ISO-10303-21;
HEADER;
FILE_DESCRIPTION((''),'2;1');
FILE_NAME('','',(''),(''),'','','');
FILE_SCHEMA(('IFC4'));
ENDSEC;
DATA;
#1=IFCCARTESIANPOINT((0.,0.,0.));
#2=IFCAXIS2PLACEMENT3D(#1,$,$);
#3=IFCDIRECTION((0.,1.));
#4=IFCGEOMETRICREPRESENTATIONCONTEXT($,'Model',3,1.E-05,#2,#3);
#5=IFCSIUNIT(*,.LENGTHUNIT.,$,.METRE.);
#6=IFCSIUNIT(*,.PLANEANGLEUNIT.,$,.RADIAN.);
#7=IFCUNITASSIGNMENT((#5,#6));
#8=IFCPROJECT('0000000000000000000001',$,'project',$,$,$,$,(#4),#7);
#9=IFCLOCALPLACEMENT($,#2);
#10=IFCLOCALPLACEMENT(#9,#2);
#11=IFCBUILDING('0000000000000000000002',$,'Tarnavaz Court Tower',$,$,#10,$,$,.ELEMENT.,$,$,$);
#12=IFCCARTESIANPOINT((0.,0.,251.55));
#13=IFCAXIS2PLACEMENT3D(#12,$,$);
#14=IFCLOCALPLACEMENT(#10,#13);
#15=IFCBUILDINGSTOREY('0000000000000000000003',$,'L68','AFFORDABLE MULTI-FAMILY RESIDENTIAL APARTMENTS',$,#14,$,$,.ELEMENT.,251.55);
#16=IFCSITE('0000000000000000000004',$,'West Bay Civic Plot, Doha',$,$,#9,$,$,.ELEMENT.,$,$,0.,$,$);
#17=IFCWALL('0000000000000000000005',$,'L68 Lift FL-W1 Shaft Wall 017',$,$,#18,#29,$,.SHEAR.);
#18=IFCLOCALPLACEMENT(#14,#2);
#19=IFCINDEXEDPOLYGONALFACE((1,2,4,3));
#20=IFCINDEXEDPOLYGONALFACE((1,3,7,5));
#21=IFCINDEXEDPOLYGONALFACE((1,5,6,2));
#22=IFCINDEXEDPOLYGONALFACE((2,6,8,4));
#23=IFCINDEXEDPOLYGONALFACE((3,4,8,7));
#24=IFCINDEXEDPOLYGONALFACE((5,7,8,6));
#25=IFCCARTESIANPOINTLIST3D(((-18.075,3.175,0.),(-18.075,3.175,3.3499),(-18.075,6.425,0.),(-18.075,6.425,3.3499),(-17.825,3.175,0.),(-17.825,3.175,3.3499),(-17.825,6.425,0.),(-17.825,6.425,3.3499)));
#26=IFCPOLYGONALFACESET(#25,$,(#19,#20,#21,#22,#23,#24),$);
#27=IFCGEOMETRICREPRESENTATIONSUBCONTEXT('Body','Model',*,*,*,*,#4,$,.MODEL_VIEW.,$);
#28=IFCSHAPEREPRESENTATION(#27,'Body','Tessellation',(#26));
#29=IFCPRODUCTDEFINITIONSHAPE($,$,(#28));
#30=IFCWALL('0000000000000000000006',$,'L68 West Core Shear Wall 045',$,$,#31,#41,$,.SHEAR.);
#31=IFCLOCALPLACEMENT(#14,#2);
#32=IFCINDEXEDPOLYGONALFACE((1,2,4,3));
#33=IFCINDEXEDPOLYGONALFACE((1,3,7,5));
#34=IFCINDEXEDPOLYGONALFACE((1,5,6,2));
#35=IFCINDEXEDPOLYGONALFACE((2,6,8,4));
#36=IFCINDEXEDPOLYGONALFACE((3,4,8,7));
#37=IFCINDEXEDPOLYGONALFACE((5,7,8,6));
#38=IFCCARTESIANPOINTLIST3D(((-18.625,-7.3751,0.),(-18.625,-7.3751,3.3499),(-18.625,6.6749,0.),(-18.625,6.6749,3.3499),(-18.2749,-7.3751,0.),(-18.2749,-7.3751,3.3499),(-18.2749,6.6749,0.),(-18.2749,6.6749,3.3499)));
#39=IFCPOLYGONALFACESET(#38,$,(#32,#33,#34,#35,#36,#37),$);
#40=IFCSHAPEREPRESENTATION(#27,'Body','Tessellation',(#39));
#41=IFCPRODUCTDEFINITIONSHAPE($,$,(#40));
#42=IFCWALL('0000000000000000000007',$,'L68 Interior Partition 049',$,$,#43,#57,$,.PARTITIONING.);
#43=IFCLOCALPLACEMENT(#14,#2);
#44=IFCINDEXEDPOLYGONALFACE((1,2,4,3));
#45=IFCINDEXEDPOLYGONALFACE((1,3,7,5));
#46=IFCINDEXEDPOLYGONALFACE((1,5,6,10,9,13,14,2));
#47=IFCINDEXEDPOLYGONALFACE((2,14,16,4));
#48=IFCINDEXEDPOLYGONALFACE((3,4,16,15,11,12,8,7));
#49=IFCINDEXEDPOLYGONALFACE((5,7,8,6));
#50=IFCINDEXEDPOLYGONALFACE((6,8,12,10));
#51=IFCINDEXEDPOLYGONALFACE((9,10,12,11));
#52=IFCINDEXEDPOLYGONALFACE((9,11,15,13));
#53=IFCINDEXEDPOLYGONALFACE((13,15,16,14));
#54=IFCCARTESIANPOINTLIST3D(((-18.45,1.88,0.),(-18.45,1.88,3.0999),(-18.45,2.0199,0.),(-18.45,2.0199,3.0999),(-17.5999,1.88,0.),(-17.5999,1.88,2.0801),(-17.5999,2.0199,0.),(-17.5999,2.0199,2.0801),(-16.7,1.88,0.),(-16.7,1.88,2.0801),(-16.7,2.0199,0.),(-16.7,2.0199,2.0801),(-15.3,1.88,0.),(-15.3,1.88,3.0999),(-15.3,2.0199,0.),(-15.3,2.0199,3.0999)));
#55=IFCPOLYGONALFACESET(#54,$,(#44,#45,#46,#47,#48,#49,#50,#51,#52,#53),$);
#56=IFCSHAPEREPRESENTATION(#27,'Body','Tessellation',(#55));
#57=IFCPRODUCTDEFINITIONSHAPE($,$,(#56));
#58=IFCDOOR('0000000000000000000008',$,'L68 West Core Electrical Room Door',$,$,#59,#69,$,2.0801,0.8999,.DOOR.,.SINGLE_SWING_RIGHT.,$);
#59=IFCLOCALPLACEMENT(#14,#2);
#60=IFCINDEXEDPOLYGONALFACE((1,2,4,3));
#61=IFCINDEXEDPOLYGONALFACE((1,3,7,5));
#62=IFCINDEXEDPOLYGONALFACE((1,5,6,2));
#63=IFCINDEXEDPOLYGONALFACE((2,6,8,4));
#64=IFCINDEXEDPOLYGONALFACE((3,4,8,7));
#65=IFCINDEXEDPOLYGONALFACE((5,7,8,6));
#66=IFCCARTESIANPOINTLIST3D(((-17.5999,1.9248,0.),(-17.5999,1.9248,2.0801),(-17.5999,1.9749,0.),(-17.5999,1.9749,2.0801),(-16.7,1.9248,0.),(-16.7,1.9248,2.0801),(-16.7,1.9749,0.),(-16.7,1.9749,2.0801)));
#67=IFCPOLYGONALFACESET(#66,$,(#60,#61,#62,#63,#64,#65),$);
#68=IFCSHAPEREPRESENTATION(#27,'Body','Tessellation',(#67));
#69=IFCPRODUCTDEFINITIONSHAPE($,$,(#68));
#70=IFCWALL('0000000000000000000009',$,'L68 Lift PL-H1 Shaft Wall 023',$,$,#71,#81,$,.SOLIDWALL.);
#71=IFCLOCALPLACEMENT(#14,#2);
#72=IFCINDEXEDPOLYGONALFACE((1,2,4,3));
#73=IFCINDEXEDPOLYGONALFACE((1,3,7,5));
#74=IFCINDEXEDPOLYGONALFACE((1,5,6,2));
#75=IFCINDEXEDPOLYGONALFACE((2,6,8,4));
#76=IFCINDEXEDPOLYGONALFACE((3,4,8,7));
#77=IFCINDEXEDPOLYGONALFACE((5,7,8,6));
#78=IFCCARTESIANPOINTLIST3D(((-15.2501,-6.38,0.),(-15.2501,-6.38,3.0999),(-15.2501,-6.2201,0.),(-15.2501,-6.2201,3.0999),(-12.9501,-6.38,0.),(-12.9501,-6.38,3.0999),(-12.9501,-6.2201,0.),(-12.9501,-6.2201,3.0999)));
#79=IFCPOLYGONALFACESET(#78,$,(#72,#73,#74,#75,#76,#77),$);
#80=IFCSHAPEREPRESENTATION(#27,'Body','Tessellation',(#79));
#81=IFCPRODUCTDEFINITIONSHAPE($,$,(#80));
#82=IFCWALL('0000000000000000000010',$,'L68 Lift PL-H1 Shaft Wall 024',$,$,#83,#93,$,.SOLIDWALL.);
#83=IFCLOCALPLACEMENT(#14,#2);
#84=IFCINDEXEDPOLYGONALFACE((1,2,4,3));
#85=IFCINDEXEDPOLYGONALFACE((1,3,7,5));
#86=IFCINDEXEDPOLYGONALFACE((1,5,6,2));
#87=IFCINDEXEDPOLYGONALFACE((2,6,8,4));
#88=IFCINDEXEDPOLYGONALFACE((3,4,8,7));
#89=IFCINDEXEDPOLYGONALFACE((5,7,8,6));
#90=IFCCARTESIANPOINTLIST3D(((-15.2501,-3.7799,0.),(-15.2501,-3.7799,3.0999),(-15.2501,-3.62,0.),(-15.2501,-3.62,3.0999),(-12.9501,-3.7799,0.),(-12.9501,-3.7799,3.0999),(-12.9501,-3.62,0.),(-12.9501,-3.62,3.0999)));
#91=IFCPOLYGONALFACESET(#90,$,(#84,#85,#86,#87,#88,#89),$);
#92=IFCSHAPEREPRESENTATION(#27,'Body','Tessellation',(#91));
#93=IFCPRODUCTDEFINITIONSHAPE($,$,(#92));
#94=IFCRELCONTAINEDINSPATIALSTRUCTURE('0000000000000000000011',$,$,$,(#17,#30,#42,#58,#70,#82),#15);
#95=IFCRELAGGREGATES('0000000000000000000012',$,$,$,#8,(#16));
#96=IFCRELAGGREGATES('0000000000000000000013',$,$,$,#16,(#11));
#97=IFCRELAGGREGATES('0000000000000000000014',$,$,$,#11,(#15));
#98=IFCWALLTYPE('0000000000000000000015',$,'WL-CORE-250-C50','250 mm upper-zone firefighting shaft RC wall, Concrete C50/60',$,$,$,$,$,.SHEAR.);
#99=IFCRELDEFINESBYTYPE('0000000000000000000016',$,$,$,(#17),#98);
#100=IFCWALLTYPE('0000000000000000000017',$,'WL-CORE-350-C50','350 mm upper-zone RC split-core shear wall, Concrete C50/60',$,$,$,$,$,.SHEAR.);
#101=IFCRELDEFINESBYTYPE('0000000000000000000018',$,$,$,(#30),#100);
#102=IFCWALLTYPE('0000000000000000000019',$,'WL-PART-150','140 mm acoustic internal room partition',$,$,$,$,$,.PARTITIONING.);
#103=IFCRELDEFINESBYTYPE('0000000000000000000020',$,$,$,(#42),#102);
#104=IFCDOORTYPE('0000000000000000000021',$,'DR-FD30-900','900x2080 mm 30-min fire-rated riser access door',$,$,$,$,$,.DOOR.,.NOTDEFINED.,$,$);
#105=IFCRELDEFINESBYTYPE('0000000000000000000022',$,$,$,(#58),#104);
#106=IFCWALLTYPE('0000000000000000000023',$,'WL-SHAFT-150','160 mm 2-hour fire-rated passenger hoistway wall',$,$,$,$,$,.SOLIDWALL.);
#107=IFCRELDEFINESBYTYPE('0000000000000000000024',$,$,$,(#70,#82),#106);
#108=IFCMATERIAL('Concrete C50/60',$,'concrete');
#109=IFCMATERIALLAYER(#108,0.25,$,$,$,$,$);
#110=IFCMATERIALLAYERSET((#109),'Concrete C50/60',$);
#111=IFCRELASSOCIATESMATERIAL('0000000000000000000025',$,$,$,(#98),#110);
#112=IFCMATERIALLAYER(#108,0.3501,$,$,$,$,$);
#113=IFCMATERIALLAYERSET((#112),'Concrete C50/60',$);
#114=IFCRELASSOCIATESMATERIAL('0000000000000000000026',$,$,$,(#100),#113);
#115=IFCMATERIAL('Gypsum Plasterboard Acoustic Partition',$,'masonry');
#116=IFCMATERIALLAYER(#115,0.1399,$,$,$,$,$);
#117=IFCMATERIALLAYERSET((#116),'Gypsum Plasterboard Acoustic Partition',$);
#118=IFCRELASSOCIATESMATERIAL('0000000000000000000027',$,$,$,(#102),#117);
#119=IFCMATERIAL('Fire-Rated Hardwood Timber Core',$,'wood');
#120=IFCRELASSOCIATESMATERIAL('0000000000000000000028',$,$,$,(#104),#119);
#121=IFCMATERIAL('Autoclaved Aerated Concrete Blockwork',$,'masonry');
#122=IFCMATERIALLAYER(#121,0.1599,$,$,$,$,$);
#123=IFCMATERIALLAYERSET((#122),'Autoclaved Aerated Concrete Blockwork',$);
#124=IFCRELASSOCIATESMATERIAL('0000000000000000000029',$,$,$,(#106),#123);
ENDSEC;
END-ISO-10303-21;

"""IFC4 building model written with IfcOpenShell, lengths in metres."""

from ifc_helpers import new_model, si_unit, direction, frame, frame_2d, origin, place, context, subcontext, project, spatial, rectangle, extrude, material, layer, layer_set, type_object, element, fill, save


model = new_model("IFC4")

# Units and contexts
model_context = context("Model", 3, precision=1e-05, world=origin(), true_north=direction((0.0, 1.0)))
body_context = subcontext(model_context, "Body", "Model", "MODEL_VIEW")
ifc_project = project(units=[si_unit("LENGTHUNIT", "METRE"), si_unit("PLANEANGLEUNIT", "RADIAN")], contexts=[model_context])

# Site, building, storey
site_placement = place(None, origin())
site = spatial("IfcSite", under=ifc_project, at=site_placement, Name="West Bay Civic Plot, Doha", CompositionType="ELEMENT", RefElevation=0.0)
building_placement = place(site_placement, origin())
building = spatial("IfcBuilding", under=site, at=building_placement, Name="Tarnavaz Court Tower", CompositionType="ELEMENT")
storey_placement = place(building_placement, frame((0.0, 0.0, 251.55)))
storey = spatial("IfcBuildingStorey", under=building, at=storey_placement, Name="L68", Description="AFFORDABLE MULTI-FAMILY RESIDENTIAL APARTMENTS", CompositionType="ELEMENT", Elevation=251.55)

# Shared definitions
ifc_material_1 = material(Name="Concrete C50/60", Category="concrete")

# Walls
ifc_layer_1 = layer(ifc_material_1, 0.25)
ifc_layer_set_1 = layer_set([ifc_layer_1], Name="Concrete C50/60")
wall_type_1 = type_object("IfcWallType", Name="WL-CORE-250-C50", Description="250 mm upper-zone firefighting shaft RC wall, Concrete C50/60", PredefinedType="SHEAR", material=ifc_layer_set_1)
wall_1_placement = place(storey_placement, frame((-17.95, 3.175, 0.0), z_axis=(0.0, 0.0, 1.0), x_axis=(0.0, 1.0, 0.0)))
element("IfcWall", 1, at=wall_1_placement, inside=storey, type_object=wall_type_1, Name="L68 Lift FL-W1 Shaft Wall 017", PredefinedType="SHEAR", context=body_context, shape_type="SweptSolid", body=[
    extrude(rectangle(XDim=3.25, YDim=0.25, at=frame_2d((1.625, 0.0))), origin(), (0.0, 0.0, 1.0), 3.3499),
])
ifc_layer_2 = layer(ifc_material_1, 0.3501)
ifc_layer_set_2 = layer_set([ifc_layer_2], Name="Concrete C50/60")
wall_type_2 = type_object("IfcWallType", Name="WL-CORE-350-C50", Description="350 mm upper-zone RC split-core shear wall, Concrete C50/60", PredefinedType="SHEAR", material=ifc_layer_set_2)
wall_2_placement = place(storey_placement, frame((-18.45, -7.375, 0.0), z_axis=(0.0, 0.0, 1.0), x_axis=(0.0, 1.0, 0.0)))
element("IfcWall", 2, at=wall_2_placement, inside=storey, type_object=wall_type_2, Name="L68 West Core Shear Wall 045", PredefinedType="SHEAR", context=body_context, shape_type="SweptSolid", body=[
    extrude(rectangle(XDim=14.05, YDim=0.3501, at=frame_2d((7.0249, 0.0))), origin(), (0.0, 0.0, 1.0), 3.3499),
])

# Shared definitions
ifc_material_2 = material(Name="Fire-Rated Hardwood Timber Core", Category="wood")

# Wall, opening, door
ifc_material_3 = material(Name="Gypsum Plasterboard Acoustic Partition", Category="masonry")
ifc_layer_3 = layer(ifc_material_3, 0.1399)
ifc_layer_set_3 = layer_set([ifc_layer_3], Name="Gypsum Plasterboard Acoustic Partition")
wall_type_3 = type_object("IfcWallType", Name="WL-PART-150", Description="140 mm acoustic internal room partition", PredefinedType="PARTITIONING", material=ifc_layer_set_3)
wall_3_placement = place(storey_placement, frame((-18.45, 1.95, 0.0), z_axis=(0.0, 0.0, 1.0), x_axis=(1.0, 0.0, 0.0)))
wall_3 = element("IfcWall", 3, at=wall_3_placement, inside=storey, type_object=wall_type_3, Name="L68 Interior Partition 049", PredefinedType="PARTITIONING", context=body_context, shape_type="SweptSolid", body=[
    extrude(rectangle(XDim=3.1499, YDim=0.1399, at=frame_2d((1.575, 0.0))), origin(), (0.0, 0.0, 1.0), 3.0999),
])
opening_1_placement = place(wall_3_placement, frame((0.8501, 0.0, 0.0)))
opening_1 = element("IfcOpeningElement", 4, at=opening_1_placement, cuts=wall_3, PredefinedType="OPENING", context=body_context, shape_type="SweptSolid", body=[
    extrude(rectangle(XDim=0.8999, YDim=2.0801, at=frame_2d((0.45, 1.04))), frame((0.0, 0.0798, 0.0), z_axis=(0.0, -1.0, 0.0), x_axis=(1.0, 0.0, 0.0)), (0.0, 0.0, 1.0), 0.1599),
])
door_type_1 = type_object("IfcDoorType", Name="DR-FD30-900", Description="900x2080 mm 30-min fire-rated riser access door", OperationType="NOTDEFINED", PredefinedType="DOOR", material=ifc_material_2)
door_1_placement = place(opening_1_placement, origin())
door_1 = element("IfcDoor", 5, at=door_1_placement, inside=storey, type_object=door_type_1, Name="L68 West Core Electrical Room Door", OperationType="SINGLE_SWING_RIGHT", OverallHeight=2.0801, OverallWidth=0.8999, PredefinedType="DOOR", context=body_context, shape_type="SweptSolid", body=[
    extrude(rectangle(XDim=0.8999, YDim=2.0801, at=frame_2d((0.45, 1.04))), frame((0.0, 0.0249, 0.0), z_axis=(0.0, -1.0, 0.0), x_axis=(1.0, 0.0, 0.0)), (0.0, 0.0, 1.0), 0.05),
])
fill(opening_1, door_1)
ifc_material_4 = material(Name="Autoclaved Aerated Concrete Blockwork", Category="masonry")
ifc_layer_4 = layer(ifc_material_4, 0.1599)
ifc_layer_set_4 = layer_set([ifc_layer_4], Name="Autoclaved Aerated Concrete Blockwork")
wall_type_4 = type_object("IfcWallType", Name="WL-SHAFT-150", Description="160 mm 2-hour fire-rated passenger hoistway wall", PredefinedType="SOLIDWALL", material=ifc_layer_set_4)

# Walls
for number, where, z_axis, x_axis, name in (
    (6, (-15.25, -6.3, 0.0), (0.0, 0.0, 1.0), (1.0, 0.0, 0.0), "L68 Lift PL-H1 Shaft Wall 023"),
    (7, (-15.25, -3.7, 0.0), (0.0, 0.0, 1.0), (1.0, 0.0, 0.0), "L68 Lift PL-H1 Shaft Wall 024"),
):
    element("IfcWall", number, at=place(storey_placement, frame(where, z_axis=z_axis, x_axis=x_axis)), inside=storey, type_object=wall_type_4, Name=name, PredefinedType="SOLIDWALL", context=body_context, shape_type="SweptSolid", body=[
        extrude(rectangle(XDim=2.3, YDim=0.1599, at=frame_2d((1.1499, 0.0))), origin(), (0.0, 0.0, 1.0), 3.0999),
    ])

save(model, "model.ifc")
